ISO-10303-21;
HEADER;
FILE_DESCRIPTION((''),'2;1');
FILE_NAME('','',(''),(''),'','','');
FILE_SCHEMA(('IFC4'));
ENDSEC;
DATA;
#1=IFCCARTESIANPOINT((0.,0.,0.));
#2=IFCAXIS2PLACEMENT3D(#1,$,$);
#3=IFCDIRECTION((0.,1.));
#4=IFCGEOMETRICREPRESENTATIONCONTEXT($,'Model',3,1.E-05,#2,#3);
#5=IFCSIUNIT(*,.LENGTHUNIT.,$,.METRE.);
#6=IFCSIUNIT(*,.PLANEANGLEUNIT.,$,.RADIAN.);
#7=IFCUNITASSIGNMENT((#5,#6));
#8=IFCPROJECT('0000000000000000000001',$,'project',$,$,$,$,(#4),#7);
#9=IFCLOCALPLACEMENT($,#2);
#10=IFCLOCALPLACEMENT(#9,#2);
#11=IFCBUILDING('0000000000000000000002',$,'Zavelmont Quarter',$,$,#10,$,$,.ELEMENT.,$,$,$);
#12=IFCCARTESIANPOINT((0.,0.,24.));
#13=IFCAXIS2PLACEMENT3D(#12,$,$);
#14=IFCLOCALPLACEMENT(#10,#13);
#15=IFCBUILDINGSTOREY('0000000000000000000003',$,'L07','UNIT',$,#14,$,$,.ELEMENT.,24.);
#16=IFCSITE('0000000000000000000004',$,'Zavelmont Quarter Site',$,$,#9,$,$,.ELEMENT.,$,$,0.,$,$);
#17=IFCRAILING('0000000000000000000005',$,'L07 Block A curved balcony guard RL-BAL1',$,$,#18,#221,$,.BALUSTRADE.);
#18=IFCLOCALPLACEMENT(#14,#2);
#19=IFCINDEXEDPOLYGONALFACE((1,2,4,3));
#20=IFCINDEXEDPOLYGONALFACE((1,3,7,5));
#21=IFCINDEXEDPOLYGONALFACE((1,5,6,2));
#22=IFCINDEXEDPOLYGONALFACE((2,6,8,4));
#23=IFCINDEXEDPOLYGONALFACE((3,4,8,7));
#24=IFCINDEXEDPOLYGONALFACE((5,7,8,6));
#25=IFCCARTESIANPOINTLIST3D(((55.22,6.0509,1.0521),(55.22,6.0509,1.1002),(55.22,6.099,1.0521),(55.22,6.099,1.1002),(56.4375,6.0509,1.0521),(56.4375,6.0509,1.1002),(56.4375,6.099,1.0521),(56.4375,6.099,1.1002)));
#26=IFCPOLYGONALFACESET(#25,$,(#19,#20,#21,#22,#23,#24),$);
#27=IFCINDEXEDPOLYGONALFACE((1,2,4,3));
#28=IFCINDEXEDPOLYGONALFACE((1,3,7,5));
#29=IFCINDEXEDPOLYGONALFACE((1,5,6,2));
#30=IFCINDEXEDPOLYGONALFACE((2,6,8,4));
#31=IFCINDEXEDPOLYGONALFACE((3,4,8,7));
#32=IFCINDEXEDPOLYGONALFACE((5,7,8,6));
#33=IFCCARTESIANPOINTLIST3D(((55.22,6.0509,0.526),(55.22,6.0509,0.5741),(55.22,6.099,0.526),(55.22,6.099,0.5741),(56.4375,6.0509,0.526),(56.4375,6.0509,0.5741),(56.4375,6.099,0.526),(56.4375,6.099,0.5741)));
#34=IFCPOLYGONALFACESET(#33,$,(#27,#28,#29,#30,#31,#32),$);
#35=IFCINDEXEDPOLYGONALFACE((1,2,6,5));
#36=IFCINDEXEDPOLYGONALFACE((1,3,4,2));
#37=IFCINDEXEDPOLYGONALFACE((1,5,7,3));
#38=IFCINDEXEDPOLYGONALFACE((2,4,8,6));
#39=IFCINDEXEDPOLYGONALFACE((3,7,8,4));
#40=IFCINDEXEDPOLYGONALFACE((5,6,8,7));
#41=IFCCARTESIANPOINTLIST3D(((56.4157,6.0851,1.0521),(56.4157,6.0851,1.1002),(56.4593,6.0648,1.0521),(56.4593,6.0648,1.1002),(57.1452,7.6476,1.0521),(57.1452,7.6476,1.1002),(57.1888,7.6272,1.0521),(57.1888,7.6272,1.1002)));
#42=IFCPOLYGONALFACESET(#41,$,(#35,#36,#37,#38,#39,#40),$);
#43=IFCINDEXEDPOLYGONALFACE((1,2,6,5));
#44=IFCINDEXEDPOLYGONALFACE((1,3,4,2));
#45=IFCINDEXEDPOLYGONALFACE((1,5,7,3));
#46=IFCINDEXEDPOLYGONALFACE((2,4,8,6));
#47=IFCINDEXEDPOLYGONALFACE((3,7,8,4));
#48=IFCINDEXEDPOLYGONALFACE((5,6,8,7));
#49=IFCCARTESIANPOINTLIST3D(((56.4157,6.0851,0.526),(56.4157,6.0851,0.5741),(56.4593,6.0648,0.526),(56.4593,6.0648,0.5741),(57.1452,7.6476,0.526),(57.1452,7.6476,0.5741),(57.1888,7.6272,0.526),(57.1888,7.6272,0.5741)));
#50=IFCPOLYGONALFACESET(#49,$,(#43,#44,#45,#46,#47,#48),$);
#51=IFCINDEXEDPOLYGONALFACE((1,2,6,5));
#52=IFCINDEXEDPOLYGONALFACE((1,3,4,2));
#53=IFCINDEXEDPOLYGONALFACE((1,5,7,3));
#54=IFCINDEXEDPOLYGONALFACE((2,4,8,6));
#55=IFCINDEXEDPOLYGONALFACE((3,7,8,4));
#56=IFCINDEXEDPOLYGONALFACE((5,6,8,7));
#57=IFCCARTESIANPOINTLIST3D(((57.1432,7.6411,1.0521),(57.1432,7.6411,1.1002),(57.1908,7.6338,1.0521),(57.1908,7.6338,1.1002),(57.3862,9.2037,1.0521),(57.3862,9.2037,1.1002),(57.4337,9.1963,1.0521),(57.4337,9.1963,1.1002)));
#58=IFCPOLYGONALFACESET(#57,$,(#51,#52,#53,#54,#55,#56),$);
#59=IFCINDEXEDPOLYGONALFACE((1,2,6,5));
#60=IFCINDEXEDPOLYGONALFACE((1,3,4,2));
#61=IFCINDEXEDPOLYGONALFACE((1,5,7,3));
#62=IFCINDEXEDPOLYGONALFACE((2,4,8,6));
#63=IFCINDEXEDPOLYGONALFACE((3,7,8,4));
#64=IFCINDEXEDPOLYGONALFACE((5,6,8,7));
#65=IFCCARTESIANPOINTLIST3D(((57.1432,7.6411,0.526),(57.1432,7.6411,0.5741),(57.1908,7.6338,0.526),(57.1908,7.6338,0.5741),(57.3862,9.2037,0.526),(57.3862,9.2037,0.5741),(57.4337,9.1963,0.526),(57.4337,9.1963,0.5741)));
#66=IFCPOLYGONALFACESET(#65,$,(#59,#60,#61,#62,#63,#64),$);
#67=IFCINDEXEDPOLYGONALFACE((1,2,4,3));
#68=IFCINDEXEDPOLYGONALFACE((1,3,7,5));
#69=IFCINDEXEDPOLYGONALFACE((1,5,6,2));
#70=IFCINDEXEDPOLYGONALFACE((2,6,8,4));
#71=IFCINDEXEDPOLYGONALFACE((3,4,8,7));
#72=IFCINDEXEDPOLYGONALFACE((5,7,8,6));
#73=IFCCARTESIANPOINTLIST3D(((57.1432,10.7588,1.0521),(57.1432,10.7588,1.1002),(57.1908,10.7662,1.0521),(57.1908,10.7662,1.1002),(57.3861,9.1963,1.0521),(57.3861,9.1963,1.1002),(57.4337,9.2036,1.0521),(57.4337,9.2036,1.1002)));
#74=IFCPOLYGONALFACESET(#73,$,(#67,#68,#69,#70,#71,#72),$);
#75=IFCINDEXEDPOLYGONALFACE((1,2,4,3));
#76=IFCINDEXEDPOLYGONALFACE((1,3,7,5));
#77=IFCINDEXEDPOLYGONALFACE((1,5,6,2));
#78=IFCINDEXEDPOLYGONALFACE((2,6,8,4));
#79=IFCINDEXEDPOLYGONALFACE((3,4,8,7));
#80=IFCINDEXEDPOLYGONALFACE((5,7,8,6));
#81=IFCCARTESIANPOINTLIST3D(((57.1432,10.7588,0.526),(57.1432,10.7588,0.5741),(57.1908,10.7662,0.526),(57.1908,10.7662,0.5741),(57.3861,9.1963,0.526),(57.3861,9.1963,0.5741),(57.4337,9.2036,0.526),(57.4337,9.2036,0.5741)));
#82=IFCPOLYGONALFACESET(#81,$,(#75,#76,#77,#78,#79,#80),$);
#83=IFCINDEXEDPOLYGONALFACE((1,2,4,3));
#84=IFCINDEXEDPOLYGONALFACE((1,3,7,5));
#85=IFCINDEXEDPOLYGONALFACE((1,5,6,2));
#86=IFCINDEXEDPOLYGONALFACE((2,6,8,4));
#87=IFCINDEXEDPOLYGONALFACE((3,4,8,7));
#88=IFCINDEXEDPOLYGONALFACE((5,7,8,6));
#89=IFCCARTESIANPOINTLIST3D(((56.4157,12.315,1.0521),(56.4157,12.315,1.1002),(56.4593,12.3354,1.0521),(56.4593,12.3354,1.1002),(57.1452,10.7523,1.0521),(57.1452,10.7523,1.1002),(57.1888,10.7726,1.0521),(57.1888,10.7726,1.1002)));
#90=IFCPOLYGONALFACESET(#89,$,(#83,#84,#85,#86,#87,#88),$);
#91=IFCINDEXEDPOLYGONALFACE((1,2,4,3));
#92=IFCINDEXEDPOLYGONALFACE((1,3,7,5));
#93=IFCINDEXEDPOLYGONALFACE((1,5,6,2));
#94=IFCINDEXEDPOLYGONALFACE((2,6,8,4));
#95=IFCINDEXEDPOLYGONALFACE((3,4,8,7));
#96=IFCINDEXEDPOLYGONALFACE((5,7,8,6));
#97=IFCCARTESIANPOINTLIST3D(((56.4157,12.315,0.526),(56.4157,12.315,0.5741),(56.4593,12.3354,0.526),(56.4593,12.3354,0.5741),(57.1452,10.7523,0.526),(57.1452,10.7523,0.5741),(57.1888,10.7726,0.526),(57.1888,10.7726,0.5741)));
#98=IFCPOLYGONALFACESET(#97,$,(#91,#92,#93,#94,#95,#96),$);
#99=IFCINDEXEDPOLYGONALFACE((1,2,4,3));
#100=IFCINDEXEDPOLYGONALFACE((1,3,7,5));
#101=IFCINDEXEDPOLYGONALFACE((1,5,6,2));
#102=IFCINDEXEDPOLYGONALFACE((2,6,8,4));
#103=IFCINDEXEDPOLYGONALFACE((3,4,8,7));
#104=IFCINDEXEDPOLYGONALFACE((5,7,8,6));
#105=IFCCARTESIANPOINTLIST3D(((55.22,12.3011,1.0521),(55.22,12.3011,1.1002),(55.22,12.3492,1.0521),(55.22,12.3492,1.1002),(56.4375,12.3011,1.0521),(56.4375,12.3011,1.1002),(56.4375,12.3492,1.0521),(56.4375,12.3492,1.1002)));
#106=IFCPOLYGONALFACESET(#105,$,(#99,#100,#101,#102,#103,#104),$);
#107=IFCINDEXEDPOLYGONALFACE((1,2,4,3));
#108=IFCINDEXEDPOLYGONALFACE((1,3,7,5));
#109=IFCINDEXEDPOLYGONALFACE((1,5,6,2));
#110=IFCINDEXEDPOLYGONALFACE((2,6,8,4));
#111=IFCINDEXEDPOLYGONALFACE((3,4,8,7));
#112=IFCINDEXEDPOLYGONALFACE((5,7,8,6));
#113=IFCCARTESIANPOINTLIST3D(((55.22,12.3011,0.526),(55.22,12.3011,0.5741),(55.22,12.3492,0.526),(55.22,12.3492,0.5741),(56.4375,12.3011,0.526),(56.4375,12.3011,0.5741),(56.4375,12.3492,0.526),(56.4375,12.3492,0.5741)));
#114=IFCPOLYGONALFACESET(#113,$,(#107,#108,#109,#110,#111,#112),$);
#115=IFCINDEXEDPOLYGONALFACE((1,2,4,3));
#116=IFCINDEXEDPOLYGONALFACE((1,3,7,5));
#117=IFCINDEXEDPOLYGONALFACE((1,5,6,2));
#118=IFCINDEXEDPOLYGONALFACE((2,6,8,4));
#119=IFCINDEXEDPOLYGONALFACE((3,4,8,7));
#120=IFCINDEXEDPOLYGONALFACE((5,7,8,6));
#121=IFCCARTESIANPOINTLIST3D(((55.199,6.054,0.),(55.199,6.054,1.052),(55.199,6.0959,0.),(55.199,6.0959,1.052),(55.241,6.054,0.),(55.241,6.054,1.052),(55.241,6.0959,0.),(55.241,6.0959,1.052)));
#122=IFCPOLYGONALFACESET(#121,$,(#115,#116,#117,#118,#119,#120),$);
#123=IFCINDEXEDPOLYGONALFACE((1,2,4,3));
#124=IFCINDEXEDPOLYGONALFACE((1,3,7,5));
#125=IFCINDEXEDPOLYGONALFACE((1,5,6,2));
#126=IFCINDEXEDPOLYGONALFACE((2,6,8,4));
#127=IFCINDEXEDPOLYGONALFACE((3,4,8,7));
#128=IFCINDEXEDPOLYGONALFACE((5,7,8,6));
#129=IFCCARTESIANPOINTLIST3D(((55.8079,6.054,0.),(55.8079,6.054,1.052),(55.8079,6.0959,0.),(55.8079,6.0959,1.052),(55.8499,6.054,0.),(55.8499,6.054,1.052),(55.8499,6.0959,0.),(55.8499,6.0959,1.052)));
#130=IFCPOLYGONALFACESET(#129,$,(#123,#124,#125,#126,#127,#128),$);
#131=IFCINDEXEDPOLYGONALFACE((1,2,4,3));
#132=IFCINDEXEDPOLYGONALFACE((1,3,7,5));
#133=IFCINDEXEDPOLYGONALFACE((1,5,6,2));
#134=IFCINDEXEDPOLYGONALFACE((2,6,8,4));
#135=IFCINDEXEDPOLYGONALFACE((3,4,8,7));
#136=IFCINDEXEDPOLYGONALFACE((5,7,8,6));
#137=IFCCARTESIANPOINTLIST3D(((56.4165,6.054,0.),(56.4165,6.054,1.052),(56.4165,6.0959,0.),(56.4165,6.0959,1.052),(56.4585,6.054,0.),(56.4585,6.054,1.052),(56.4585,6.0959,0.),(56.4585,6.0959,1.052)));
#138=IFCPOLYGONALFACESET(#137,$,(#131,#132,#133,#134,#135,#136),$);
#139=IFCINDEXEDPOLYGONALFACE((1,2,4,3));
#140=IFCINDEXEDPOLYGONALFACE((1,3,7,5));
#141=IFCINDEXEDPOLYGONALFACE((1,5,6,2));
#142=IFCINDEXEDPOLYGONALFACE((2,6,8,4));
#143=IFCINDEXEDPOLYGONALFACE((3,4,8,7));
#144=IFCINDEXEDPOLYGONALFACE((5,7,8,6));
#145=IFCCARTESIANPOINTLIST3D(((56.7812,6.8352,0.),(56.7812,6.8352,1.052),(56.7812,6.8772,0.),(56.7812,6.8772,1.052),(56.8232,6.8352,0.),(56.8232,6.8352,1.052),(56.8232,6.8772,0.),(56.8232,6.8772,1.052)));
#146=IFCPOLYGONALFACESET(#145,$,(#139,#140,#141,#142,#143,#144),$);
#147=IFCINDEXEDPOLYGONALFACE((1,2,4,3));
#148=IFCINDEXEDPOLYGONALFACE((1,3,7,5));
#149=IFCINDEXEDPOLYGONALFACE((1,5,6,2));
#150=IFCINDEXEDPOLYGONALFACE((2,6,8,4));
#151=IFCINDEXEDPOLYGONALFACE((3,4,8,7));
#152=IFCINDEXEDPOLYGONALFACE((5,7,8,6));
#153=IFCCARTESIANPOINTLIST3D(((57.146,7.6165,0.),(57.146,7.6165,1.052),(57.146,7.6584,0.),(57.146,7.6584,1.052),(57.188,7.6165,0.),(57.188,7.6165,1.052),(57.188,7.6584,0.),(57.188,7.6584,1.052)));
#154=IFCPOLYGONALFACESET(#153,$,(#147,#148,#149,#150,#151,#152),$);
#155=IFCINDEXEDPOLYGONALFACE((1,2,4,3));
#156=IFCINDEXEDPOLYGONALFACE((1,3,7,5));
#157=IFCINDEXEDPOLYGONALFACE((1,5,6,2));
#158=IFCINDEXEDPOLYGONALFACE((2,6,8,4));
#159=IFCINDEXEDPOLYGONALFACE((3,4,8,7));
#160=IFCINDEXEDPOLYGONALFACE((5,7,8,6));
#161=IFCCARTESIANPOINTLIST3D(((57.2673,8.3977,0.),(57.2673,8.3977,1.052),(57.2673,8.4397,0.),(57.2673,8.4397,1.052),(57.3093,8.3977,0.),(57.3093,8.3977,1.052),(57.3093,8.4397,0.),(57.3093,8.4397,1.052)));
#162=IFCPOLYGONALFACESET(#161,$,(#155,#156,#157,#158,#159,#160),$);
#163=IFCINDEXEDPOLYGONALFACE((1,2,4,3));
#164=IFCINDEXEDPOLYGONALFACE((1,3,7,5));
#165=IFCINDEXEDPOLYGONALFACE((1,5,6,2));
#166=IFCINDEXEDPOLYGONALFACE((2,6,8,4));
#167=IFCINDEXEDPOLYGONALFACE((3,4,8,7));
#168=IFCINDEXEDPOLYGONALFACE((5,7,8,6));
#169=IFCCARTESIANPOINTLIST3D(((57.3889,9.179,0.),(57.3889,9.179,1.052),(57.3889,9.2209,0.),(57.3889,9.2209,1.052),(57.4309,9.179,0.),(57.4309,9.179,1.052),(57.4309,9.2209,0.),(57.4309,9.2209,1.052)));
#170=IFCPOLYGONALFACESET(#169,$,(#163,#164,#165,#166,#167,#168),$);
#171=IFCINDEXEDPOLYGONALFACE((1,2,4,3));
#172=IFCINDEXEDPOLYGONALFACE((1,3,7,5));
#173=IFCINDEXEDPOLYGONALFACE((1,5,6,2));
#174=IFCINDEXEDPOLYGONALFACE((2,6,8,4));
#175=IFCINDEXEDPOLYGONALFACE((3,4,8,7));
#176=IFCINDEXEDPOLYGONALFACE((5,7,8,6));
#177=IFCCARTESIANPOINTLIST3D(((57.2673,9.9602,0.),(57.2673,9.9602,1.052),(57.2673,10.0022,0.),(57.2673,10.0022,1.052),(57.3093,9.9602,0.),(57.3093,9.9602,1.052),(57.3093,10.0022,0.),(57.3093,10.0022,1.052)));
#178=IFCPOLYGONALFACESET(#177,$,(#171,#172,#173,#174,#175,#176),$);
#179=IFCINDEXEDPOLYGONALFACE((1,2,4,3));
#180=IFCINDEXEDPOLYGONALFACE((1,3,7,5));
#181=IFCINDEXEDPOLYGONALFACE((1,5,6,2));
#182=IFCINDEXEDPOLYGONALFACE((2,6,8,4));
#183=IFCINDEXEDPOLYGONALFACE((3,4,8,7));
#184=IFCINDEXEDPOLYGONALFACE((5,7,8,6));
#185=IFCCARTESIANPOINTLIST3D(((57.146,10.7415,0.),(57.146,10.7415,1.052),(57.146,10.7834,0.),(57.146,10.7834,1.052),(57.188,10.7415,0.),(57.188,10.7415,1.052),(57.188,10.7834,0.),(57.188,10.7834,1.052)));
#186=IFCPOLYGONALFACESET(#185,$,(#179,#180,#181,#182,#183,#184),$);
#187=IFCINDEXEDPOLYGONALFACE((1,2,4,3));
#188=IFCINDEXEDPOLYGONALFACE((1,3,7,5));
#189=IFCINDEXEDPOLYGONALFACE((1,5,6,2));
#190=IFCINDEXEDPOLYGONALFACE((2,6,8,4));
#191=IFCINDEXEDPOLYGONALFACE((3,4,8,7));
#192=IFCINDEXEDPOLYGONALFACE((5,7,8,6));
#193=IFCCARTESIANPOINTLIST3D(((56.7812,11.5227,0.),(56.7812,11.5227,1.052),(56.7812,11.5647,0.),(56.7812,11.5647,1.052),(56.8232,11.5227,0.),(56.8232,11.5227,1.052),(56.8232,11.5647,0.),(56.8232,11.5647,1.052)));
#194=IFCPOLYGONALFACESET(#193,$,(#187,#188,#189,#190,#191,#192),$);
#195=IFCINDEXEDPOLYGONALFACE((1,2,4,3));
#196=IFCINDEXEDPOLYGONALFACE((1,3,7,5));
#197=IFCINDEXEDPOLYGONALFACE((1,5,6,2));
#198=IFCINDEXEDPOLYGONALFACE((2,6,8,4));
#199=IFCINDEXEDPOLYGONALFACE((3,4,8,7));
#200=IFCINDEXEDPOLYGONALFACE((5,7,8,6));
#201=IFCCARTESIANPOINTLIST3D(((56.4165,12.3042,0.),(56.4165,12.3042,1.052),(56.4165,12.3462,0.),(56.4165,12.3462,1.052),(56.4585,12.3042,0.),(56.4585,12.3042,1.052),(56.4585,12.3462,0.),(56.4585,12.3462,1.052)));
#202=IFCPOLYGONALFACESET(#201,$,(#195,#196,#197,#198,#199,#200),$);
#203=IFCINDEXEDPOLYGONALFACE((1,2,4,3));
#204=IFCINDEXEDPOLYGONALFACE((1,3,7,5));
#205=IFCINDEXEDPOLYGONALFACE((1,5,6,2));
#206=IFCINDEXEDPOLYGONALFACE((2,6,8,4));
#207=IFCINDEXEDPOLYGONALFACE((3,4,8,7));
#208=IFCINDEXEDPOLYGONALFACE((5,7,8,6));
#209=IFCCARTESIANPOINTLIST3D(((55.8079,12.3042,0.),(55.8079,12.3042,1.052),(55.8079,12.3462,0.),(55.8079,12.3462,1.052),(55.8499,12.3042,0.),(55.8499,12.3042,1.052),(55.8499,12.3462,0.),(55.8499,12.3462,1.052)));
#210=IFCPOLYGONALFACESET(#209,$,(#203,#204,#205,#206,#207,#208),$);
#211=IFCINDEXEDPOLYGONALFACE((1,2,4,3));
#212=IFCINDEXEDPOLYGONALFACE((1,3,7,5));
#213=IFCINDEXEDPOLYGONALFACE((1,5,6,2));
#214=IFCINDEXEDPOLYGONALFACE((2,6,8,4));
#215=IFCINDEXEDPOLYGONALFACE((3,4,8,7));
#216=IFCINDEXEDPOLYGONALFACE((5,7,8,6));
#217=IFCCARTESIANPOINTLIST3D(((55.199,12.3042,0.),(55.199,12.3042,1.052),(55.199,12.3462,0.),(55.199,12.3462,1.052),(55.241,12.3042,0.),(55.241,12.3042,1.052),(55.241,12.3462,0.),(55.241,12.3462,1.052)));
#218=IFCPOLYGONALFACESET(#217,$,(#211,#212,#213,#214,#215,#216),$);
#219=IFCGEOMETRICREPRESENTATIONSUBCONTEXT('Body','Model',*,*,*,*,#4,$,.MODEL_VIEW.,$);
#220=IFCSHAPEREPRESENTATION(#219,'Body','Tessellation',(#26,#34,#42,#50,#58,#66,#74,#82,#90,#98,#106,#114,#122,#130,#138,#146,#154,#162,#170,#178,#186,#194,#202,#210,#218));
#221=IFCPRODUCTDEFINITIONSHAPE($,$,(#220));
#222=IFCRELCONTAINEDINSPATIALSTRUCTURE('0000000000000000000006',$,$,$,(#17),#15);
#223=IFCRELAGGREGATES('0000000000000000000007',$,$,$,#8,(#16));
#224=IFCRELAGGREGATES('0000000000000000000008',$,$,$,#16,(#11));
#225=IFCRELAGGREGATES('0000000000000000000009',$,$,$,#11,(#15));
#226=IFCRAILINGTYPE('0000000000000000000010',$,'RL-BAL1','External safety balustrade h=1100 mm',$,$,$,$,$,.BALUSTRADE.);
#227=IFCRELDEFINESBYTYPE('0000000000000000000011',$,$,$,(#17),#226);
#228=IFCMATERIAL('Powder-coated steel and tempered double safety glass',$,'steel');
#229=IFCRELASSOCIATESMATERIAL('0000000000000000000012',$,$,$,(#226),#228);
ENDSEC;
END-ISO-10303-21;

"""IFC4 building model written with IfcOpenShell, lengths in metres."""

from ifc_helpers import new_model, si_unit, direction, frame, origin, origin_2d, place, context, subcontext, project, spatial, rectangle, extrude, material, type_object, element, save


model = new_model("IFC4")

# Units and contexts
model_context = context("Model", 3, precision=1e-05, world=origin(), true_north=direction((0.0, 1.0)))
body_context = subcontext(model_context, "Body", "Model", "MODEL_VIEW")
ifc_project = project(units=[si_unit("LENGTHUNIT", "METRE"), si_unit("PLANEANGLEUNIT", "RADIAN")], contexts=[model_context])

# Site, building, storey
site_placement = place(None, origin())
site = spatial("IfcSite", under=ifc_project, at=site_placement, Name="Zavelmont Quarter Site", CompositionType="ELEMENT", RefElevation=0.0)
building_placement = place(site_placement, origin())
building = spatial("IfcBuilding", under=site, at=building_placement, Name="Zavelmont Quarter", CompositionType="ELEMENT")
storey_placement = place(building_placement, frame((0.0, 0.0, 24.0)))
storey = spatial("IfcBuildingStorey", under=building, at=storey_placement, Name="L07", Description="UNIT", CompositionType="ELEMENT", Elevation=24.0)

# Railing
ifc_material_1 = material(Name="Powder-coated steel and tempered double safety glass", Category="steel")
railing_type = type_object("IfcRailingType", Name="RL-BAL1", Description="External safety balustrade h=1100 mm", PredefinedType="BALUSTRADE", material=ifc_material_1)
railing_placement = place(storey_placement, frame((55.22, 6.075, 0.0)))
element("IfcRailing", 1, at=railing_placement, inside=storey, type_object=railing_type, Name="L07 Block A curved balcony guard RL-BAL1", PredefinedType="BALUSTRADE", context=body_context, shape_type="SweptSolid", body=[
    extrude(rectangle(XDim=0.0481, YDim=0.0481, at=origin_2d()), frame((0.0, 0.0, 1.0762), z_axis=(1.0, 0.0, 0.0), x_axis=(0.0, 1.0, 0.0)), (0.0, 0.0, 1.0), 1.2175),
    extrude(rectangle(XDim=0.0481, YDim=0.0481, at=origin_2d()), frame((0.0, 0.0, 0.55), z_axis=(1.0, 0.0, 0.0), x_axis=(0.0, 1.0, 0.0)), (0.0, 0.0, 1.0), 1.2175),
    extrude(rectangle(XDim=0.0481, YDim=0.0481, at=origin_2d()), frame((1.2175, 0.0, 1.0762), z_axis=(0.42304, 0.906111, 0.0), x_axis=(-0.906111, 0.42304, 0.0)), (0.0, 0.0, 1.0), 1.7244),
    extrude(rectangle(XDim=0.0481, YDim=0.0481, at=origin_2d()), frame((1.2175, 0.0, 0.55), z_axis=(0.42304, 0.906111, 0.0), x_axis=(-0.906111, 0.42304, 0.0)), (0.0, 0.0, 1.0), 1.7244),
    extrude(rectangle(XDim=0.0481, YDim=0.0481, at=origin_2d()), frame((1.947, 1.5625, 1.0762), z_axis=(0.153623, 0.988129, 0.0), x_axis=(-0.988129, 0.153623, 0.0)), (0.0, 0.0, 1.0), 1.5813),
    extrude(rectangle(XDim=0.0481, YDim=0.0481, at=origin_2d()), frame((1.947, 1.5625, 0.55), z_axis=(0.153623, 0.988129, 0.0), x_axis=(-0.988129, 0.153623, 0.0)), (0.0, 0.0, 1.0), 1.5813),
    extrude(rectangle(XDim=0.0481, YDim=0.0481, at=origin_2d()), frame((2.1899, 3.125, 1.0762), z_axis=(-0.153623, 0.988129, 0.0), x_axis=(-0.988129, -0.153623, 0.0)), (0.0, 0.0, 1.0), 1.5813),
    extrude(rectangle(XDim=0.0481, YDim=0.0481, at=origin_2d()), frame((2.1899, 3.125, 0.55), z_axis=(-0.153623, 0.988129, 0.0), x_axis=(-0.988129, -0.153623, 0.0)), (0.0, 0.0, 1.0), 1.5813),
    extrude(rectangle(XDim=0.0481, YDim=0.0481, at=origin_2d()), frame((1.947, 4.6875, 1.0762), z_axis=(-0.422986, 0.906136, 0.0), x_axis=(-0.906136, -0.422986, 0.0)), (0.0, 0.0, 1.0), 1.7246),
    extrude(rectangle(XDim=0.0481, YDim=0.0481, at=origin_2d()), frame((1.947, 4.6875, 0.55), z_axis=(-0.422986, 0.906136, 0.0), x_axis=(-0.906136, -0.422986, 0.0)), (0.0, 0.0, 1.0), 1.7246),
    extrude(rectangle(XDim=0.0481, YDim=0.0481, at=origin_2d()), frame((1.2175, 6.2502, 1.0762), z_axis=(-1.0, 0.0, 0.0), x_axis=(0.0, -1.0, 0.0)), (0.0, 0.0, 1.0), 1.2175),
    extrude(rectangle(XDim=0.0481, YDim=0.0481, at=origin_2d()), frame((1.2175, 6.2502, 0.55), z_axis=(-1.0, 0.0, 0.0), x_axis=(0.0, -1.0, 0.0)), (0.0, 0.0, 1.0), 1.2175),
    extrude(rectangle(XDim=0.042, YDim=0.042, at=origin_2d()), origin(), (0.0, 0.0, 1.0), 1.052),
    extrude(rectangle(XDim=0.042, YDim=0.042, at=origin_2d()), frame((0.6089, 0.0, 0.0)), (0.0, 0.0, 1.0), 1.052),
    extrude(rectangle(XDim=0.042, YDim=0.042, at=origin_2d()), frame((1.2175, 0.0, 0.0)), (0.0, 0.0, 1.0), 1.052),
    extrude(rectangle(XDim=0.042, YDim=0.042, at=origin_2d()), frame((1.5823, 0.7812, 0.0)), (0.0, 0.0, 1.0), 1.052),
    extrude(rectangle(XDim=0.042, YDim=0.042, at=origin_2d()), frame((1.947, 1.5625, 0.0)), (0.0, 0.0, 1.0), 1.052),
    extrude(rectangle(XDim=0.042, YDim=0.042, at=origin_2d()), frame((2.0684, 2.3438, 0.0)), (0.0, 0.0, 1.0), 1.052),
    extrude(rectangle(XDim=0.042, YDim=0.042, at=origin_2d()), frame((2.1899, 3.125, 0.0)), (0.0, 0.0, 1.0), 1.052),
    extrude(rectangle(XDim=0.042, YDim=0.042, at=origin_2d()), frame((2.0684, 3.9062, 0.0)), (0.0, 0.0, 1.0), 1.052),
    extrude(rectangle(XDim=0.042, YDim=0.042, at=origin_2d()), frame((1.947, 4.6875, 0.0)), (0.0, 0.0, 1.0), 1.052),
    extrude(rectangle(XDim=0.042, YDim=0.042, at=origin_2d()), frame((1.5823, 5.4688, 0.0)), (0.0, 0.0, 1.0), 1.052),
    extrude(rectangle(XDim=0.042, YDim=0.042, at=origin_2d()), frame((1.2175, 6.2502, 0.0)), (0.0, 0.0, 1.0), 1.052),
    extrude(rectangle(XDim=0.042, YDim=0.042, at=origin_2d()), frame((0.6089, 6.2502, 0.0)), (0.0, 0.0, 1.0), 1.052),
    extrude(rectangle(XDim=0.042, YDim=0.042, at=origin_2d()), frame((0.0, 6.2502, 0.0)), (0.0, 0.0, 1.0), 1.052),
])

save(model, "model.ifc")
